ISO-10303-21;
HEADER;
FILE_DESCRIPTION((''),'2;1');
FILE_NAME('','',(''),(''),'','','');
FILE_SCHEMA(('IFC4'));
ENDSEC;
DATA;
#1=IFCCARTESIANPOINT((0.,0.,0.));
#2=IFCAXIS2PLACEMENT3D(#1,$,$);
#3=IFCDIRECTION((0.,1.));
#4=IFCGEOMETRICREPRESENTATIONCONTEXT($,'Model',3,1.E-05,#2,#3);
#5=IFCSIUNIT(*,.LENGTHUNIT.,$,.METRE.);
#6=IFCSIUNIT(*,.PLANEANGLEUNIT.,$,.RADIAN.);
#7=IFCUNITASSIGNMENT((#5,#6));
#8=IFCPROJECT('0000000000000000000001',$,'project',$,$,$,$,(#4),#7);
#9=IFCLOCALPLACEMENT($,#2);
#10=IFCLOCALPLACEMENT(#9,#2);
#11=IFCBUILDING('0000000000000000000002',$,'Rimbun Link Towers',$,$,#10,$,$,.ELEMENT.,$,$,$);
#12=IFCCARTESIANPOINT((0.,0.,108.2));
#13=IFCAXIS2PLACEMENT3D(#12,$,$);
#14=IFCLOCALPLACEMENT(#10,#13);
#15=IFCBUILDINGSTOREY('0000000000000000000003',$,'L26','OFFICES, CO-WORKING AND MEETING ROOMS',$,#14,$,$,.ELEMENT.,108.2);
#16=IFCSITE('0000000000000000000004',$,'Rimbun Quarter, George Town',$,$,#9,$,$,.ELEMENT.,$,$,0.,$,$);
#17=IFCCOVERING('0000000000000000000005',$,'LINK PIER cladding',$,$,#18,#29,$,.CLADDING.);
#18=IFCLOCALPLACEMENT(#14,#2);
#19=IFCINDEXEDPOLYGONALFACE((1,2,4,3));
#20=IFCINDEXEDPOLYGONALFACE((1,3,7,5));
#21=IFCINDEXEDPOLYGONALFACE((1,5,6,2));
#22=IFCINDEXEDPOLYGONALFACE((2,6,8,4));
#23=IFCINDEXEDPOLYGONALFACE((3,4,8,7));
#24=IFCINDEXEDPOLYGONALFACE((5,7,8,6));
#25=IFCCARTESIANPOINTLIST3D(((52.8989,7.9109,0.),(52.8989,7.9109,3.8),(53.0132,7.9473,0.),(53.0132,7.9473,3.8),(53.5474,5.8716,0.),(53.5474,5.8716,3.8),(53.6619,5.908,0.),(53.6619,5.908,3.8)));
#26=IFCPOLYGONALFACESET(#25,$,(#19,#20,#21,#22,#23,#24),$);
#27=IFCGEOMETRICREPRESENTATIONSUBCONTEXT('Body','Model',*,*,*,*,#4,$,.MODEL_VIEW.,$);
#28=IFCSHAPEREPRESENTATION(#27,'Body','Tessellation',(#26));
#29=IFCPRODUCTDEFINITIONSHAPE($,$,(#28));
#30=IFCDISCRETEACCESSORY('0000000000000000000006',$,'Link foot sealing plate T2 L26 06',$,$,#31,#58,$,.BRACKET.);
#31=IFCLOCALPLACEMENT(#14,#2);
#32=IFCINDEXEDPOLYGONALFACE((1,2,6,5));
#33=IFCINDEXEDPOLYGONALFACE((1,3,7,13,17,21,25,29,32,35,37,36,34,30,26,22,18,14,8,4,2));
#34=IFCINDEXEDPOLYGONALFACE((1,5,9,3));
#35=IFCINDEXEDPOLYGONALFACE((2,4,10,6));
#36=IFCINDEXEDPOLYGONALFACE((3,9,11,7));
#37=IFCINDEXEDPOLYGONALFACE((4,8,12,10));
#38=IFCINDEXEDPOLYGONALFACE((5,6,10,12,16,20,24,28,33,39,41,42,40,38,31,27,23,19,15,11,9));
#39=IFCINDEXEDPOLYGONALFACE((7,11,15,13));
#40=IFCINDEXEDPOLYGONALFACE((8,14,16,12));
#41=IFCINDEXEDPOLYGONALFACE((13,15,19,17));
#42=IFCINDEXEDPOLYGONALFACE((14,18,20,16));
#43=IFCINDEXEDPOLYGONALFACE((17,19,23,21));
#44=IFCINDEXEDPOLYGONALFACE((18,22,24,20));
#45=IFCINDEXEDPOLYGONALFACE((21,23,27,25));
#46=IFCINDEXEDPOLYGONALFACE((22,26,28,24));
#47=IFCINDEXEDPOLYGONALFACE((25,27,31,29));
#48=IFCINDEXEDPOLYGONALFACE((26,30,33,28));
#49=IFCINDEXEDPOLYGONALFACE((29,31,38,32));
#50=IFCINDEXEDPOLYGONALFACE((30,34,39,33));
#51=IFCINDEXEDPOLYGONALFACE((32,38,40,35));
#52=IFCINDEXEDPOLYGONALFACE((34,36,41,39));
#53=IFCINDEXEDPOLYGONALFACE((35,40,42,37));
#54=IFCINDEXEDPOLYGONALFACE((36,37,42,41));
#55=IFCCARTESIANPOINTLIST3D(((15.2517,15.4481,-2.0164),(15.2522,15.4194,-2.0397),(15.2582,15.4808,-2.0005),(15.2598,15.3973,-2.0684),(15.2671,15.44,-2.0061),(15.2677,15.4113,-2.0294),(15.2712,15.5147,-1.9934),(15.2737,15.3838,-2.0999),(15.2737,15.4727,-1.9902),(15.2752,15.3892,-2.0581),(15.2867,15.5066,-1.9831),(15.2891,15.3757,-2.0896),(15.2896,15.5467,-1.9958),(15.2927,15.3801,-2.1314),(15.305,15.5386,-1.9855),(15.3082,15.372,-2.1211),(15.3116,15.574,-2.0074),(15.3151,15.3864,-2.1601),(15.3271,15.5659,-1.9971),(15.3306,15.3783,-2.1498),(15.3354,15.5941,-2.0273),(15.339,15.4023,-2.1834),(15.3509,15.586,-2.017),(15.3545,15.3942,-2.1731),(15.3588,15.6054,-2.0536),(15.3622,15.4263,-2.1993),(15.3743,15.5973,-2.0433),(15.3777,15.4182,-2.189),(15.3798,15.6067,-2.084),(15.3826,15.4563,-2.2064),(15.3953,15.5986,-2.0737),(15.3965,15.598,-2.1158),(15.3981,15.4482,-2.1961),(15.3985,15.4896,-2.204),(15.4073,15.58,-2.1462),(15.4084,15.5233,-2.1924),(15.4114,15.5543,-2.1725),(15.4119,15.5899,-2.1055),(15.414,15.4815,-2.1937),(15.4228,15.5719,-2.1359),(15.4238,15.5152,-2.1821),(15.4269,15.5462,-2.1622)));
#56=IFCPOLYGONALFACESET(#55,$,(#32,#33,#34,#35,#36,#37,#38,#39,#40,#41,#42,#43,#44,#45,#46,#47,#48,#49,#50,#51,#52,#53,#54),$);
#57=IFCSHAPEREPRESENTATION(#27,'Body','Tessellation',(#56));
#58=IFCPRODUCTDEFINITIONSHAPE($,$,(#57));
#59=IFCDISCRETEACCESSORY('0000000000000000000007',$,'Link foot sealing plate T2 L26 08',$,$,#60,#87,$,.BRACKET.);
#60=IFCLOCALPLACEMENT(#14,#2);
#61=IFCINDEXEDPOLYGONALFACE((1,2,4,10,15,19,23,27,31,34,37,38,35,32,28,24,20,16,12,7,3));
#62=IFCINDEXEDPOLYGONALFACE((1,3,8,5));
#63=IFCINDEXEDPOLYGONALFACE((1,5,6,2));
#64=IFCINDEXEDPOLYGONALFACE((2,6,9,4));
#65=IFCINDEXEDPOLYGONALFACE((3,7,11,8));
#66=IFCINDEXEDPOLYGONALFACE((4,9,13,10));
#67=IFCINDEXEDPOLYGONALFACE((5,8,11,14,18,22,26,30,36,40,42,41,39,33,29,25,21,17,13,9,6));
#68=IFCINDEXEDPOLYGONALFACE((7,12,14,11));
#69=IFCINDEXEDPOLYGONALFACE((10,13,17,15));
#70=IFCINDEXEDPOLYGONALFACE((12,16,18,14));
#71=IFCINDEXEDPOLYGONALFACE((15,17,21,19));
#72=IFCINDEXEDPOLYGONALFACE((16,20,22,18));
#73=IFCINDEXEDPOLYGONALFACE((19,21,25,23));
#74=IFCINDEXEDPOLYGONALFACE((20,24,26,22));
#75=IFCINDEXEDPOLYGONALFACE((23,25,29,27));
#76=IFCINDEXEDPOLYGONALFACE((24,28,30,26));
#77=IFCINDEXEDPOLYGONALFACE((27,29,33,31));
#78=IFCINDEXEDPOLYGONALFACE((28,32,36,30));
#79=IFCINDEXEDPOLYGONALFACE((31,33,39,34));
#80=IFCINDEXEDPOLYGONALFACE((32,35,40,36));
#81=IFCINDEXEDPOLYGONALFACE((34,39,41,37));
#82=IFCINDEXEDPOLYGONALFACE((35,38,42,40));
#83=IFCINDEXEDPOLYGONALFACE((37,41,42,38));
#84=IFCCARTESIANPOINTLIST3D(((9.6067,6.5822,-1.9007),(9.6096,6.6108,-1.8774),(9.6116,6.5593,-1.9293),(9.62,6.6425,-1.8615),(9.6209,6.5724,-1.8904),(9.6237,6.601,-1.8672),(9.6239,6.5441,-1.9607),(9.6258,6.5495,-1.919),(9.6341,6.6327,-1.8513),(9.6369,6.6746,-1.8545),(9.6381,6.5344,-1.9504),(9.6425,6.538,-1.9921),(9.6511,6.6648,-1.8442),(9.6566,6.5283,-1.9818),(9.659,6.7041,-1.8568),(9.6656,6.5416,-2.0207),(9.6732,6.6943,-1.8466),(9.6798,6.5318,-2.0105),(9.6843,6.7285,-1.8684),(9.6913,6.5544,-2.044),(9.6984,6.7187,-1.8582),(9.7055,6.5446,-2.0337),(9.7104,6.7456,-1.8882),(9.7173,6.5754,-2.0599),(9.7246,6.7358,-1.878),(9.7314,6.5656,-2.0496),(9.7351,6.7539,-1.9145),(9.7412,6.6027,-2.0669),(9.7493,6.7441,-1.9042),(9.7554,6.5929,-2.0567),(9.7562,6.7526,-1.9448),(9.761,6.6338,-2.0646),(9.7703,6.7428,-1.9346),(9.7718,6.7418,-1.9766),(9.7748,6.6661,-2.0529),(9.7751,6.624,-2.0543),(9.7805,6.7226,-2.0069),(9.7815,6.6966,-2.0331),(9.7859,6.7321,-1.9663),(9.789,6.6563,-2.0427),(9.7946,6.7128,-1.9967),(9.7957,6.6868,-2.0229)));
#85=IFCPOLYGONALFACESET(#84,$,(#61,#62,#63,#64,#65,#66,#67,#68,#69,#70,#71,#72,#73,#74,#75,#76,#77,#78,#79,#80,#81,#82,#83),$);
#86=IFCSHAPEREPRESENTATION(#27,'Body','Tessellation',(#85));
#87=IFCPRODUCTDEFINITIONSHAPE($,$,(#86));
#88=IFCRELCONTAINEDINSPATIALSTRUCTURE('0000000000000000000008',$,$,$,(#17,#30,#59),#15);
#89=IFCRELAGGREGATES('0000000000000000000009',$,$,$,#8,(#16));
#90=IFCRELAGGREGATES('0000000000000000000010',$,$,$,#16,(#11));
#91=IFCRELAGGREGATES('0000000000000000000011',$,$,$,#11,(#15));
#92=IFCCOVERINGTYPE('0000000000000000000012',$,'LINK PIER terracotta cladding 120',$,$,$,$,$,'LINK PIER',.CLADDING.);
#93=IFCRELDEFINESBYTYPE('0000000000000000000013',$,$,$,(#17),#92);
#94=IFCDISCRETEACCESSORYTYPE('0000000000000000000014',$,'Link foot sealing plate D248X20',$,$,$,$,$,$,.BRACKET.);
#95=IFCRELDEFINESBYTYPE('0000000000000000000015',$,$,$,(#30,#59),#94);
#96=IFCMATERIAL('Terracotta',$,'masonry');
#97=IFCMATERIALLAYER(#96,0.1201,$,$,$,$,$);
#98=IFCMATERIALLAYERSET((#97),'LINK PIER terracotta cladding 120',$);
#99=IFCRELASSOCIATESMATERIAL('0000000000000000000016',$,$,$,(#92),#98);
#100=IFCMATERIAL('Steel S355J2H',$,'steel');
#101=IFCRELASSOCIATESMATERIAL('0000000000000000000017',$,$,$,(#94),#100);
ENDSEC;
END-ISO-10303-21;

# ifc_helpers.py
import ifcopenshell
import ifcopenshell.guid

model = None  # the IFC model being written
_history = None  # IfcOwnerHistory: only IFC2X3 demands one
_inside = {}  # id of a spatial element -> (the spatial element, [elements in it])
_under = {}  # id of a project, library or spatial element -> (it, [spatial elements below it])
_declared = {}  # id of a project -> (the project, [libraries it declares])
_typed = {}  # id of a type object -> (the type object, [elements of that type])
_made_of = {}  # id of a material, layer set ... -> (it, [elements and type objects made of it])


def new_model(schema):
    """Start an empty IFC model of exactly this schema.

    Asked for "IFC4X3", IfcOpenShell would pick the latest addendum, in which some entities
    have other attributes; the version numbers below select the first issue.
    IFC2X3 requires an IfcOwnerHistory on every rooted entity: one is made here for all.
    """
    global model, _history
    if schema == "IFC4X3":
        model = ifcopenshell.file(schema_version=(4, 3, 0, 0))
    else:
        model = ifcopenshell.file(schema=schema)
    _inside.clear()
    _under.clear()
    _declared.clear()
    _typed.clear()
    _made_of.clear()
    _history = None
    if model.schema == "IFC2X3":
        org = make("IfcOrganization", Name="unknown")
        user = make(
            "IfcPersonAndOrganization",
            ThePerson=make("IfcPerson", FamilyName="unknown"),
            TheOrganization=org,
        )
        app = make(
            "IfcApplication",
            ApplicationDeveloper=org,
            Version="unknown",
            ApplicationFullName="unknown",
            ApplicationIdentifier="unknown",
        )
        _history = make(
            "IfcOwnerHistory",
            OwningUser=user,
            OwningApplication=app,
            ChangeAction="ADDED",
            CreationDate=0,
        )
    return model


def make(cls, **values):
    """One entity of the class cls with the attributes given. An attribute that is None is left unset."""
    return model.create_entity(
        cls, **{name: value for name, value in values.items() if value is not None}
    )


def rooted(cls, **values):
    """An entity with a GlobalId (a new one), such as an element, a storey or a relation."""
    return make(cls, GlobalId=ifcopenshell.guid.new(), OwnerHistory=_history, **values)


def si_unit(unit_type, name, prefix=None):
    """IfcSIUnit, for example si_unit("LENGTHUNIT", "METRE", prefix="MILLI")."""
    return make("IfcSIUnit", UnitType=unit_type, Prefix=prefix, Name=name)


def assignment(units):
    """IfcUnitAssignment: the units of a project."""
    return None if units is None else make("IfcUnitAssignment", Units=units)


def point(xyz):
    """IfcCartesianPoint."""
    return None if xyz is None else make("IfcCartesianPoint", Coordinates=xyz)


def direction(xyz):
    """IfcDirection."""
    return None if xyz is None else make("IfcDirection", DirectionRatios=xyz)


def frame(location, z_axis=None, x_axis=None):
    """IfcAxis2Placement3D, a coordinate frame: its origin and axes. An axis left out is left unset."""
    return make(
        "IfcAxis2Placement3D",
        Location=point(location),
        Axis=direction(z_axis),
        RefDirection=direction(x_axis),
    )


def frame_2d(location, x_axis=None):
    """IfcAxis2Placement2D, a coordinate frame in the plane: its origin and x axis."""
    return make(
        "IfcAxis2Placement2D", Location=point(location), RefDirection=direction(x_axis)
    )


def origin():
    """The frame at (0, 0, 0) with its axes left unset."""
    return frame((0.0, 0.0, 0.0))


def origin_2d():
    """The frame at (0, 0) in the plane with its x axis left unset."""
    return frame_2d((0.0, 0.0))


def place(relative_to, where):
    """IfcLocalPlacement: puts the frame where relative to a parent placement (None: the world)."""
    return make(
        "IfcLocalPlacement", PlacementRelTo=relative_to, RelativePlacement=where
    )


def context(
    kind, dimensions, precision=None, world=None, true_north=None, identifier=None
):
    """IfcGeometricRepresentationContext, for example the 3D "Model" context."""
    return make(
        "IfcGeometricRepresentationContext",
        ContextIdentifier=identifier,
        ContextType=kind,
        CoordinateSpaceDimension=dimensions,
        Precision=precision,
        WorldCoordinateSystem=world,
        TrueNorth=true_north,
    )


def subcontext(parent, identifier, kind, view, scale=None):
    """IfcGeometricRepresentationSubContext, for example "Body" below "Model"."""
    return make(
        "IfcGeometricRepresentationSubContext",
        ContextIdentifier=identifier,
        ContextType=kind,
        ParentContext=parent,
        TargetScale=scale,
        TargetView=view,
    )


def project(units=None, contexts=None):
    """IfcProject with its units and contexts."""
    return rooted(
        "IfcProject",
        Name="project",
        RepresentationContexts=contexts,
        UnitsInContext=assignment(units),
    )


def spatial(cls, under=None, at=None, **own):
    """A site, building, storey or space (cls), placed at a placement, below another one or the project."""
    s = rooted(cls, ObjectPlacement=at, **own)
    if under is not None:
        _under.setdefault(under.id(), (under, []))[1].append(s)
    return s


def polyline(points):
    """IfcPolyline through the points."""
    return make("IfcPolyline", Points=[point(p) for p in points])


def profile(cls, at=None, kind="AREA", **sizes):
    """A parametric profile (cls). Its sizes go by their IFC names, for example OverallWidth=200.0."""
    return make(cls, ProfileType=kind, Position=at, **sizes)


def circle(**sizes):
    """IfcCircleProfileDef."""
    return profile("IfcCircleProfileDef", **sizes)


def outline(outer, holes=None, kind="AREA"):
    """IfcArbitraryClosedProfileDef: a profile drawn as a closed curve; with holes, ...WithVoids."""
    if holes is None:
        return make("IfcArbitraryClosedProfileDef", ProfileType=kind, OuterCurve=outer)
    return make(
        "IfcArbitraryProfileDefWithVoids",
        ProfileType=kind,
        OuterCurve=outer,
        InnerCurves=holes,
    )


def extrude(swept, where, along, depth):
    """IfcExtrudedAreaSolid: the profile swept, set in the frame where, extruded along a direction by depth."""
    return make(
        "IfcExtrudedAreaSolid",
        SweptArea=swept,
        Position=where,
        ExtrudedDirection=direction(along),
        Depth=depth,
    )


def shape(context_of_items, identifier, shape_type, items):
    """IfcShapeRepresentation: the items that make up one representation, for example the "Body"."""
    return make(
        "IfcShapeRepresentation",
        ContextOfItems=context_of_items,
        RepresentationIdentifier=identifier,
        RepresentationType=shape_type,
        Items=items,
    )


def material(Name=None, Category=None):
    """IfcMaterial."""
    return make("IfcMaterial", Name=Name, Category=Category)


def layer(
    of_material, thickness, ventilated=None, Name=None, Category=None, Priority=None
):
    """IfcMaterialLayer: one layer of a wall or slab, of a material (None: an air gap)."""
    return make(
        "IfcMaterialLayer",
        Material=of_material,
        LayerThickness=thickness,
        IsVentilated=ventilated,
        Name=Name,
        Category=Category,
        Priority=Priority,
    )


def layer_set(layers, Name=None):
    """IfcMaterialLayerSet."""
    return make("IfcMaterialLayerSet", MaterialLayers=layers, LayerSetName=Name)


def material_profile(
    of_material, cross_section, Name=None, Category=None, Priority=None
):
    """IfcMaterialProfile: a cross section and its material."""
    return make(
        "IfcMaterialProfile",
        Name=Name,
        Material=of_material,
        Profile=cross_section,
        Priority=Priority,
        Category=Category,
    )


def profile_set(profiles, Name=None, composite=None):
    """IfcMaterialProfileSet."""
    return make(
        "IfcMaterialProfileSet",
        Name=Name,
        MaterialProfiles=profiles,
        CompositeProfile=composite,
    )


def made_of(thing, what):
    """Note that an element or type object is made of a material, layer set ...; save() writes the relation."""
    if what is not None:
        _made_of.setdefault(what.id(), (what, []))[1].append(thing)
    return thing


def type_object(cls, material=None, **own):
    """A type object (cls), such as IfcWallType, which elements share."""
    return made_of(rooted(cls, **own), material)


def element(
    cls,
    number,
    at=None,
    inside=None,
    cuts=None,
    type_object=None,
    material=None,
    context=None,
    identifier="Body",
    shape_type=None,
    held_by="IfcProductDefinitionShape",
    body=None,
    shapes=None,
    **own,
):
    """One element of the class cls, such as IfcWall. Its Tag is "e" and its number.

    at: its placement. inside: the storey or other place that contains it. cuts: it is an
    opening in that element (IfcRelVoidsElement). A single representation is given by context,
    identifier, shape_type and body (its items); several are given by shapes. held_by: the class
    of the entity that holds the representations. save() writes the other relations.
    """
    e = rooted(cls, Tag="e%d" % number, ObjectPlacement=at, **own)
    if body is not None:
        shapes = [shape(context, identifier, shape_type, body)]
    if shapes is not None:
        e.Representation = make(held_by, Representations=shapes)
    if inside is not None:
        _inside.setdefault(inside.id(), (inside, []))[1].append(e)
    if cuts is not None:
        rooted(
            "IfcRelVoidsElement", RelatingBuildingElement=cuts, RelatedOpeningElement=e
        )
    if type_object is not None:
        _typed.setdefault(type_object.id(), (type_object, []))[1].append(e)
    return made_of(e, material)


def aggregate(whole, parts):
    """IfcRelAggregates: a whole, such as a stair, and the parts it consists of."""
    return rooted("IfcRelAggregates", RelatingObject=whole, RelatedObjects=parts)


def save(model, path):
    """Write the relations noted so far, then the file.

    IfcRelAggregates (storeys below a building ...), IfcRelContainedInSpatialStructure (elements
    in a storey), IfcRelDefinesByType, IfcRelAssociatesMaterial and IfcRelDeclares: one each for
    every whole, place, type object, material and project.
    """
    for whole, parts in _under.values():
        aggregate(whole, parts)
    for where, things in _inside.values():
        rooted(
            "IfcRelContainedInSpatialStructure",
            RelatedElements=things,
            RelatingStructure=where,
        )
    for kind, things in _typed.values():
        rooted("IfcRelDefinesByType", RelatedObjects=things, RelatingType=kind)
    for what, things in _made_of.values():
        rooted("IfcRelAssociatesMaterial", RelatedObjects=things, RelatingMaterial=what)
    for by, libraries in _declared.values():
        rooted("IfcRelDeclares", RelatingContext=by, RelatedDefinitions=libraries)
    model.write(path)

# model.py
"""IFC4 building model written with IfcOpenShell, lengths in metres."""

from ifc_helpers import new_model, si_unit, direction, frame, origin, origin_2d, place, context, subcontext, project, spatial, polyline, circle, outline, extrude, material, layer, layer_set, material_profile, profile_set, type_object, element, save


model = new_model("IFC4")

# Units and contexts
model_context = context("Model", 3, precision=1e-05, world=origin(), true_north=direction((0.0, 1.0)))
body_context = subcontext(model_context, "Body", "Model", "MODEL_VIEW")
ifc_project = project(units=[si_unit("LENGTHUNIT", "METRE"), si_unit("PLANEANGLEUNIT", "RADIAN")], contexts=[model_context])

# Site, building, storey
site_placement = place(None, origin())
site = spatial("IfcSite", under=ifc_project, at=site_placement, Name="Rimbun Quarter, George Town", CompositionType="ELEMENT", RefElevation=0.0)
building_placement = place(site_placement, origin())
building = spatial("IfcBuilding", under=site, at=building_placement, Name="Rimbun Link Towers", CompositionType="ELEMENT")
storey_placement = place(building_placement, frame((0.0, 0.0, 108.2)))
storey = spatial("IfcBuildingStorey", under=building, at=storey_placement, Name="L26", Description="OFFICES, CO-WORKING AND MEETING ROOMS", CompositionType="ELEMENT", Elevation=108.2)

# Covering
ifc_material_1 = material(Name="Terracotta", Category="masonry")
ifc_layer_1 = layer(ifc_material_1, 0.1201)
ifc_layer_set_1 = layer_set([ifc_layer_1], Name="LINK PIER terracotta cladding 120")
covering_type_1 = type_object("IfcCoveringType", Name="LINK PIER terracotta cladding 120", ElementType="LINK PIER", PredefinedType="CLADDING", material=ifc_layer_set_1)
covering_1_placement = place(storey_placement, origin())
element("IfcCovering", 1, at=covering_1_placement, inside=storey, type_object=covering_type_1, Name="LINK PIER cladding", PredefinedType="CLADDING", context=body_context, shape_type="SweptSolid", body=[
    extrude(outline(polyline([(52.8989, 7.9109), (53.5474, 5.8716), (53.6619, 5.908), (53.0132, 7.9473), (52.8989, 7.9109)])), origin(), (0.0, 0.0, 1.0), 3.8),
])

# Discrete accessories
ifc_material_2 = material(Name="Steel S355J2H", Category="steel")
ifc_material_profile_1 = material_profile(ifc_material_2, circle(Radius=0.124, at=origin_2d()), Name="PL D248")
ifc_profile_set_1 = profile_set([ifc_material_profile_1], Name="Steel S355J2H")
discrete_accessory_type = type_object("IfcDiscreteAccessoryType", Name="Link foot sealing plate D248X20", PredefinedType="BRACKET", material=ifc_profile_set_1)
discrete_accessory_1_placement = place(storey_placement, frame((15.3467, 15.4856, -2.0896), z_axis=(-0.762754, 0.399538, -0.508503), x_axis=(-0.464007, -0.885832, 0.0)))
element("IfcDiscreteAccessory", 2, at=discrete_accessory_1_placement, inside=storey, type_object=discrete_accessory_type, Name="Link foot sealing plate T2 L26 06", PredefinedType="BRACKET", context=body_context, shape_type="SweptSolid", body=[
    extrude(circle(Radius=0.124, at=origin_2d()), origin(), (0.0, 0.0, 1.0), 0.0203),
])
discrete_accessory_2_placement = place(storey_placement, frame((9.7085, 6.6365, -1.9504), z_axis=(-0.707107, 0.48766, -0.512043), x_axis=(-0.567733, -0.823213, 0.0)))
element("IfcDiscreteAccessory", 3, at=discrete_accessory_2_placement, inside=storey, type_object=discrete_accessory_type, Name="Link foot sealing plate T2 L26 08", PredefinedType="BRACKET", context=body_context, shape_type="SweptSolid", body=[
    extrude(circle(Radius=0.124, at=origin_2d()), origin(), (0.0, 0.0, 1.0), 0.02),
])

save(model, "model.ifc")
